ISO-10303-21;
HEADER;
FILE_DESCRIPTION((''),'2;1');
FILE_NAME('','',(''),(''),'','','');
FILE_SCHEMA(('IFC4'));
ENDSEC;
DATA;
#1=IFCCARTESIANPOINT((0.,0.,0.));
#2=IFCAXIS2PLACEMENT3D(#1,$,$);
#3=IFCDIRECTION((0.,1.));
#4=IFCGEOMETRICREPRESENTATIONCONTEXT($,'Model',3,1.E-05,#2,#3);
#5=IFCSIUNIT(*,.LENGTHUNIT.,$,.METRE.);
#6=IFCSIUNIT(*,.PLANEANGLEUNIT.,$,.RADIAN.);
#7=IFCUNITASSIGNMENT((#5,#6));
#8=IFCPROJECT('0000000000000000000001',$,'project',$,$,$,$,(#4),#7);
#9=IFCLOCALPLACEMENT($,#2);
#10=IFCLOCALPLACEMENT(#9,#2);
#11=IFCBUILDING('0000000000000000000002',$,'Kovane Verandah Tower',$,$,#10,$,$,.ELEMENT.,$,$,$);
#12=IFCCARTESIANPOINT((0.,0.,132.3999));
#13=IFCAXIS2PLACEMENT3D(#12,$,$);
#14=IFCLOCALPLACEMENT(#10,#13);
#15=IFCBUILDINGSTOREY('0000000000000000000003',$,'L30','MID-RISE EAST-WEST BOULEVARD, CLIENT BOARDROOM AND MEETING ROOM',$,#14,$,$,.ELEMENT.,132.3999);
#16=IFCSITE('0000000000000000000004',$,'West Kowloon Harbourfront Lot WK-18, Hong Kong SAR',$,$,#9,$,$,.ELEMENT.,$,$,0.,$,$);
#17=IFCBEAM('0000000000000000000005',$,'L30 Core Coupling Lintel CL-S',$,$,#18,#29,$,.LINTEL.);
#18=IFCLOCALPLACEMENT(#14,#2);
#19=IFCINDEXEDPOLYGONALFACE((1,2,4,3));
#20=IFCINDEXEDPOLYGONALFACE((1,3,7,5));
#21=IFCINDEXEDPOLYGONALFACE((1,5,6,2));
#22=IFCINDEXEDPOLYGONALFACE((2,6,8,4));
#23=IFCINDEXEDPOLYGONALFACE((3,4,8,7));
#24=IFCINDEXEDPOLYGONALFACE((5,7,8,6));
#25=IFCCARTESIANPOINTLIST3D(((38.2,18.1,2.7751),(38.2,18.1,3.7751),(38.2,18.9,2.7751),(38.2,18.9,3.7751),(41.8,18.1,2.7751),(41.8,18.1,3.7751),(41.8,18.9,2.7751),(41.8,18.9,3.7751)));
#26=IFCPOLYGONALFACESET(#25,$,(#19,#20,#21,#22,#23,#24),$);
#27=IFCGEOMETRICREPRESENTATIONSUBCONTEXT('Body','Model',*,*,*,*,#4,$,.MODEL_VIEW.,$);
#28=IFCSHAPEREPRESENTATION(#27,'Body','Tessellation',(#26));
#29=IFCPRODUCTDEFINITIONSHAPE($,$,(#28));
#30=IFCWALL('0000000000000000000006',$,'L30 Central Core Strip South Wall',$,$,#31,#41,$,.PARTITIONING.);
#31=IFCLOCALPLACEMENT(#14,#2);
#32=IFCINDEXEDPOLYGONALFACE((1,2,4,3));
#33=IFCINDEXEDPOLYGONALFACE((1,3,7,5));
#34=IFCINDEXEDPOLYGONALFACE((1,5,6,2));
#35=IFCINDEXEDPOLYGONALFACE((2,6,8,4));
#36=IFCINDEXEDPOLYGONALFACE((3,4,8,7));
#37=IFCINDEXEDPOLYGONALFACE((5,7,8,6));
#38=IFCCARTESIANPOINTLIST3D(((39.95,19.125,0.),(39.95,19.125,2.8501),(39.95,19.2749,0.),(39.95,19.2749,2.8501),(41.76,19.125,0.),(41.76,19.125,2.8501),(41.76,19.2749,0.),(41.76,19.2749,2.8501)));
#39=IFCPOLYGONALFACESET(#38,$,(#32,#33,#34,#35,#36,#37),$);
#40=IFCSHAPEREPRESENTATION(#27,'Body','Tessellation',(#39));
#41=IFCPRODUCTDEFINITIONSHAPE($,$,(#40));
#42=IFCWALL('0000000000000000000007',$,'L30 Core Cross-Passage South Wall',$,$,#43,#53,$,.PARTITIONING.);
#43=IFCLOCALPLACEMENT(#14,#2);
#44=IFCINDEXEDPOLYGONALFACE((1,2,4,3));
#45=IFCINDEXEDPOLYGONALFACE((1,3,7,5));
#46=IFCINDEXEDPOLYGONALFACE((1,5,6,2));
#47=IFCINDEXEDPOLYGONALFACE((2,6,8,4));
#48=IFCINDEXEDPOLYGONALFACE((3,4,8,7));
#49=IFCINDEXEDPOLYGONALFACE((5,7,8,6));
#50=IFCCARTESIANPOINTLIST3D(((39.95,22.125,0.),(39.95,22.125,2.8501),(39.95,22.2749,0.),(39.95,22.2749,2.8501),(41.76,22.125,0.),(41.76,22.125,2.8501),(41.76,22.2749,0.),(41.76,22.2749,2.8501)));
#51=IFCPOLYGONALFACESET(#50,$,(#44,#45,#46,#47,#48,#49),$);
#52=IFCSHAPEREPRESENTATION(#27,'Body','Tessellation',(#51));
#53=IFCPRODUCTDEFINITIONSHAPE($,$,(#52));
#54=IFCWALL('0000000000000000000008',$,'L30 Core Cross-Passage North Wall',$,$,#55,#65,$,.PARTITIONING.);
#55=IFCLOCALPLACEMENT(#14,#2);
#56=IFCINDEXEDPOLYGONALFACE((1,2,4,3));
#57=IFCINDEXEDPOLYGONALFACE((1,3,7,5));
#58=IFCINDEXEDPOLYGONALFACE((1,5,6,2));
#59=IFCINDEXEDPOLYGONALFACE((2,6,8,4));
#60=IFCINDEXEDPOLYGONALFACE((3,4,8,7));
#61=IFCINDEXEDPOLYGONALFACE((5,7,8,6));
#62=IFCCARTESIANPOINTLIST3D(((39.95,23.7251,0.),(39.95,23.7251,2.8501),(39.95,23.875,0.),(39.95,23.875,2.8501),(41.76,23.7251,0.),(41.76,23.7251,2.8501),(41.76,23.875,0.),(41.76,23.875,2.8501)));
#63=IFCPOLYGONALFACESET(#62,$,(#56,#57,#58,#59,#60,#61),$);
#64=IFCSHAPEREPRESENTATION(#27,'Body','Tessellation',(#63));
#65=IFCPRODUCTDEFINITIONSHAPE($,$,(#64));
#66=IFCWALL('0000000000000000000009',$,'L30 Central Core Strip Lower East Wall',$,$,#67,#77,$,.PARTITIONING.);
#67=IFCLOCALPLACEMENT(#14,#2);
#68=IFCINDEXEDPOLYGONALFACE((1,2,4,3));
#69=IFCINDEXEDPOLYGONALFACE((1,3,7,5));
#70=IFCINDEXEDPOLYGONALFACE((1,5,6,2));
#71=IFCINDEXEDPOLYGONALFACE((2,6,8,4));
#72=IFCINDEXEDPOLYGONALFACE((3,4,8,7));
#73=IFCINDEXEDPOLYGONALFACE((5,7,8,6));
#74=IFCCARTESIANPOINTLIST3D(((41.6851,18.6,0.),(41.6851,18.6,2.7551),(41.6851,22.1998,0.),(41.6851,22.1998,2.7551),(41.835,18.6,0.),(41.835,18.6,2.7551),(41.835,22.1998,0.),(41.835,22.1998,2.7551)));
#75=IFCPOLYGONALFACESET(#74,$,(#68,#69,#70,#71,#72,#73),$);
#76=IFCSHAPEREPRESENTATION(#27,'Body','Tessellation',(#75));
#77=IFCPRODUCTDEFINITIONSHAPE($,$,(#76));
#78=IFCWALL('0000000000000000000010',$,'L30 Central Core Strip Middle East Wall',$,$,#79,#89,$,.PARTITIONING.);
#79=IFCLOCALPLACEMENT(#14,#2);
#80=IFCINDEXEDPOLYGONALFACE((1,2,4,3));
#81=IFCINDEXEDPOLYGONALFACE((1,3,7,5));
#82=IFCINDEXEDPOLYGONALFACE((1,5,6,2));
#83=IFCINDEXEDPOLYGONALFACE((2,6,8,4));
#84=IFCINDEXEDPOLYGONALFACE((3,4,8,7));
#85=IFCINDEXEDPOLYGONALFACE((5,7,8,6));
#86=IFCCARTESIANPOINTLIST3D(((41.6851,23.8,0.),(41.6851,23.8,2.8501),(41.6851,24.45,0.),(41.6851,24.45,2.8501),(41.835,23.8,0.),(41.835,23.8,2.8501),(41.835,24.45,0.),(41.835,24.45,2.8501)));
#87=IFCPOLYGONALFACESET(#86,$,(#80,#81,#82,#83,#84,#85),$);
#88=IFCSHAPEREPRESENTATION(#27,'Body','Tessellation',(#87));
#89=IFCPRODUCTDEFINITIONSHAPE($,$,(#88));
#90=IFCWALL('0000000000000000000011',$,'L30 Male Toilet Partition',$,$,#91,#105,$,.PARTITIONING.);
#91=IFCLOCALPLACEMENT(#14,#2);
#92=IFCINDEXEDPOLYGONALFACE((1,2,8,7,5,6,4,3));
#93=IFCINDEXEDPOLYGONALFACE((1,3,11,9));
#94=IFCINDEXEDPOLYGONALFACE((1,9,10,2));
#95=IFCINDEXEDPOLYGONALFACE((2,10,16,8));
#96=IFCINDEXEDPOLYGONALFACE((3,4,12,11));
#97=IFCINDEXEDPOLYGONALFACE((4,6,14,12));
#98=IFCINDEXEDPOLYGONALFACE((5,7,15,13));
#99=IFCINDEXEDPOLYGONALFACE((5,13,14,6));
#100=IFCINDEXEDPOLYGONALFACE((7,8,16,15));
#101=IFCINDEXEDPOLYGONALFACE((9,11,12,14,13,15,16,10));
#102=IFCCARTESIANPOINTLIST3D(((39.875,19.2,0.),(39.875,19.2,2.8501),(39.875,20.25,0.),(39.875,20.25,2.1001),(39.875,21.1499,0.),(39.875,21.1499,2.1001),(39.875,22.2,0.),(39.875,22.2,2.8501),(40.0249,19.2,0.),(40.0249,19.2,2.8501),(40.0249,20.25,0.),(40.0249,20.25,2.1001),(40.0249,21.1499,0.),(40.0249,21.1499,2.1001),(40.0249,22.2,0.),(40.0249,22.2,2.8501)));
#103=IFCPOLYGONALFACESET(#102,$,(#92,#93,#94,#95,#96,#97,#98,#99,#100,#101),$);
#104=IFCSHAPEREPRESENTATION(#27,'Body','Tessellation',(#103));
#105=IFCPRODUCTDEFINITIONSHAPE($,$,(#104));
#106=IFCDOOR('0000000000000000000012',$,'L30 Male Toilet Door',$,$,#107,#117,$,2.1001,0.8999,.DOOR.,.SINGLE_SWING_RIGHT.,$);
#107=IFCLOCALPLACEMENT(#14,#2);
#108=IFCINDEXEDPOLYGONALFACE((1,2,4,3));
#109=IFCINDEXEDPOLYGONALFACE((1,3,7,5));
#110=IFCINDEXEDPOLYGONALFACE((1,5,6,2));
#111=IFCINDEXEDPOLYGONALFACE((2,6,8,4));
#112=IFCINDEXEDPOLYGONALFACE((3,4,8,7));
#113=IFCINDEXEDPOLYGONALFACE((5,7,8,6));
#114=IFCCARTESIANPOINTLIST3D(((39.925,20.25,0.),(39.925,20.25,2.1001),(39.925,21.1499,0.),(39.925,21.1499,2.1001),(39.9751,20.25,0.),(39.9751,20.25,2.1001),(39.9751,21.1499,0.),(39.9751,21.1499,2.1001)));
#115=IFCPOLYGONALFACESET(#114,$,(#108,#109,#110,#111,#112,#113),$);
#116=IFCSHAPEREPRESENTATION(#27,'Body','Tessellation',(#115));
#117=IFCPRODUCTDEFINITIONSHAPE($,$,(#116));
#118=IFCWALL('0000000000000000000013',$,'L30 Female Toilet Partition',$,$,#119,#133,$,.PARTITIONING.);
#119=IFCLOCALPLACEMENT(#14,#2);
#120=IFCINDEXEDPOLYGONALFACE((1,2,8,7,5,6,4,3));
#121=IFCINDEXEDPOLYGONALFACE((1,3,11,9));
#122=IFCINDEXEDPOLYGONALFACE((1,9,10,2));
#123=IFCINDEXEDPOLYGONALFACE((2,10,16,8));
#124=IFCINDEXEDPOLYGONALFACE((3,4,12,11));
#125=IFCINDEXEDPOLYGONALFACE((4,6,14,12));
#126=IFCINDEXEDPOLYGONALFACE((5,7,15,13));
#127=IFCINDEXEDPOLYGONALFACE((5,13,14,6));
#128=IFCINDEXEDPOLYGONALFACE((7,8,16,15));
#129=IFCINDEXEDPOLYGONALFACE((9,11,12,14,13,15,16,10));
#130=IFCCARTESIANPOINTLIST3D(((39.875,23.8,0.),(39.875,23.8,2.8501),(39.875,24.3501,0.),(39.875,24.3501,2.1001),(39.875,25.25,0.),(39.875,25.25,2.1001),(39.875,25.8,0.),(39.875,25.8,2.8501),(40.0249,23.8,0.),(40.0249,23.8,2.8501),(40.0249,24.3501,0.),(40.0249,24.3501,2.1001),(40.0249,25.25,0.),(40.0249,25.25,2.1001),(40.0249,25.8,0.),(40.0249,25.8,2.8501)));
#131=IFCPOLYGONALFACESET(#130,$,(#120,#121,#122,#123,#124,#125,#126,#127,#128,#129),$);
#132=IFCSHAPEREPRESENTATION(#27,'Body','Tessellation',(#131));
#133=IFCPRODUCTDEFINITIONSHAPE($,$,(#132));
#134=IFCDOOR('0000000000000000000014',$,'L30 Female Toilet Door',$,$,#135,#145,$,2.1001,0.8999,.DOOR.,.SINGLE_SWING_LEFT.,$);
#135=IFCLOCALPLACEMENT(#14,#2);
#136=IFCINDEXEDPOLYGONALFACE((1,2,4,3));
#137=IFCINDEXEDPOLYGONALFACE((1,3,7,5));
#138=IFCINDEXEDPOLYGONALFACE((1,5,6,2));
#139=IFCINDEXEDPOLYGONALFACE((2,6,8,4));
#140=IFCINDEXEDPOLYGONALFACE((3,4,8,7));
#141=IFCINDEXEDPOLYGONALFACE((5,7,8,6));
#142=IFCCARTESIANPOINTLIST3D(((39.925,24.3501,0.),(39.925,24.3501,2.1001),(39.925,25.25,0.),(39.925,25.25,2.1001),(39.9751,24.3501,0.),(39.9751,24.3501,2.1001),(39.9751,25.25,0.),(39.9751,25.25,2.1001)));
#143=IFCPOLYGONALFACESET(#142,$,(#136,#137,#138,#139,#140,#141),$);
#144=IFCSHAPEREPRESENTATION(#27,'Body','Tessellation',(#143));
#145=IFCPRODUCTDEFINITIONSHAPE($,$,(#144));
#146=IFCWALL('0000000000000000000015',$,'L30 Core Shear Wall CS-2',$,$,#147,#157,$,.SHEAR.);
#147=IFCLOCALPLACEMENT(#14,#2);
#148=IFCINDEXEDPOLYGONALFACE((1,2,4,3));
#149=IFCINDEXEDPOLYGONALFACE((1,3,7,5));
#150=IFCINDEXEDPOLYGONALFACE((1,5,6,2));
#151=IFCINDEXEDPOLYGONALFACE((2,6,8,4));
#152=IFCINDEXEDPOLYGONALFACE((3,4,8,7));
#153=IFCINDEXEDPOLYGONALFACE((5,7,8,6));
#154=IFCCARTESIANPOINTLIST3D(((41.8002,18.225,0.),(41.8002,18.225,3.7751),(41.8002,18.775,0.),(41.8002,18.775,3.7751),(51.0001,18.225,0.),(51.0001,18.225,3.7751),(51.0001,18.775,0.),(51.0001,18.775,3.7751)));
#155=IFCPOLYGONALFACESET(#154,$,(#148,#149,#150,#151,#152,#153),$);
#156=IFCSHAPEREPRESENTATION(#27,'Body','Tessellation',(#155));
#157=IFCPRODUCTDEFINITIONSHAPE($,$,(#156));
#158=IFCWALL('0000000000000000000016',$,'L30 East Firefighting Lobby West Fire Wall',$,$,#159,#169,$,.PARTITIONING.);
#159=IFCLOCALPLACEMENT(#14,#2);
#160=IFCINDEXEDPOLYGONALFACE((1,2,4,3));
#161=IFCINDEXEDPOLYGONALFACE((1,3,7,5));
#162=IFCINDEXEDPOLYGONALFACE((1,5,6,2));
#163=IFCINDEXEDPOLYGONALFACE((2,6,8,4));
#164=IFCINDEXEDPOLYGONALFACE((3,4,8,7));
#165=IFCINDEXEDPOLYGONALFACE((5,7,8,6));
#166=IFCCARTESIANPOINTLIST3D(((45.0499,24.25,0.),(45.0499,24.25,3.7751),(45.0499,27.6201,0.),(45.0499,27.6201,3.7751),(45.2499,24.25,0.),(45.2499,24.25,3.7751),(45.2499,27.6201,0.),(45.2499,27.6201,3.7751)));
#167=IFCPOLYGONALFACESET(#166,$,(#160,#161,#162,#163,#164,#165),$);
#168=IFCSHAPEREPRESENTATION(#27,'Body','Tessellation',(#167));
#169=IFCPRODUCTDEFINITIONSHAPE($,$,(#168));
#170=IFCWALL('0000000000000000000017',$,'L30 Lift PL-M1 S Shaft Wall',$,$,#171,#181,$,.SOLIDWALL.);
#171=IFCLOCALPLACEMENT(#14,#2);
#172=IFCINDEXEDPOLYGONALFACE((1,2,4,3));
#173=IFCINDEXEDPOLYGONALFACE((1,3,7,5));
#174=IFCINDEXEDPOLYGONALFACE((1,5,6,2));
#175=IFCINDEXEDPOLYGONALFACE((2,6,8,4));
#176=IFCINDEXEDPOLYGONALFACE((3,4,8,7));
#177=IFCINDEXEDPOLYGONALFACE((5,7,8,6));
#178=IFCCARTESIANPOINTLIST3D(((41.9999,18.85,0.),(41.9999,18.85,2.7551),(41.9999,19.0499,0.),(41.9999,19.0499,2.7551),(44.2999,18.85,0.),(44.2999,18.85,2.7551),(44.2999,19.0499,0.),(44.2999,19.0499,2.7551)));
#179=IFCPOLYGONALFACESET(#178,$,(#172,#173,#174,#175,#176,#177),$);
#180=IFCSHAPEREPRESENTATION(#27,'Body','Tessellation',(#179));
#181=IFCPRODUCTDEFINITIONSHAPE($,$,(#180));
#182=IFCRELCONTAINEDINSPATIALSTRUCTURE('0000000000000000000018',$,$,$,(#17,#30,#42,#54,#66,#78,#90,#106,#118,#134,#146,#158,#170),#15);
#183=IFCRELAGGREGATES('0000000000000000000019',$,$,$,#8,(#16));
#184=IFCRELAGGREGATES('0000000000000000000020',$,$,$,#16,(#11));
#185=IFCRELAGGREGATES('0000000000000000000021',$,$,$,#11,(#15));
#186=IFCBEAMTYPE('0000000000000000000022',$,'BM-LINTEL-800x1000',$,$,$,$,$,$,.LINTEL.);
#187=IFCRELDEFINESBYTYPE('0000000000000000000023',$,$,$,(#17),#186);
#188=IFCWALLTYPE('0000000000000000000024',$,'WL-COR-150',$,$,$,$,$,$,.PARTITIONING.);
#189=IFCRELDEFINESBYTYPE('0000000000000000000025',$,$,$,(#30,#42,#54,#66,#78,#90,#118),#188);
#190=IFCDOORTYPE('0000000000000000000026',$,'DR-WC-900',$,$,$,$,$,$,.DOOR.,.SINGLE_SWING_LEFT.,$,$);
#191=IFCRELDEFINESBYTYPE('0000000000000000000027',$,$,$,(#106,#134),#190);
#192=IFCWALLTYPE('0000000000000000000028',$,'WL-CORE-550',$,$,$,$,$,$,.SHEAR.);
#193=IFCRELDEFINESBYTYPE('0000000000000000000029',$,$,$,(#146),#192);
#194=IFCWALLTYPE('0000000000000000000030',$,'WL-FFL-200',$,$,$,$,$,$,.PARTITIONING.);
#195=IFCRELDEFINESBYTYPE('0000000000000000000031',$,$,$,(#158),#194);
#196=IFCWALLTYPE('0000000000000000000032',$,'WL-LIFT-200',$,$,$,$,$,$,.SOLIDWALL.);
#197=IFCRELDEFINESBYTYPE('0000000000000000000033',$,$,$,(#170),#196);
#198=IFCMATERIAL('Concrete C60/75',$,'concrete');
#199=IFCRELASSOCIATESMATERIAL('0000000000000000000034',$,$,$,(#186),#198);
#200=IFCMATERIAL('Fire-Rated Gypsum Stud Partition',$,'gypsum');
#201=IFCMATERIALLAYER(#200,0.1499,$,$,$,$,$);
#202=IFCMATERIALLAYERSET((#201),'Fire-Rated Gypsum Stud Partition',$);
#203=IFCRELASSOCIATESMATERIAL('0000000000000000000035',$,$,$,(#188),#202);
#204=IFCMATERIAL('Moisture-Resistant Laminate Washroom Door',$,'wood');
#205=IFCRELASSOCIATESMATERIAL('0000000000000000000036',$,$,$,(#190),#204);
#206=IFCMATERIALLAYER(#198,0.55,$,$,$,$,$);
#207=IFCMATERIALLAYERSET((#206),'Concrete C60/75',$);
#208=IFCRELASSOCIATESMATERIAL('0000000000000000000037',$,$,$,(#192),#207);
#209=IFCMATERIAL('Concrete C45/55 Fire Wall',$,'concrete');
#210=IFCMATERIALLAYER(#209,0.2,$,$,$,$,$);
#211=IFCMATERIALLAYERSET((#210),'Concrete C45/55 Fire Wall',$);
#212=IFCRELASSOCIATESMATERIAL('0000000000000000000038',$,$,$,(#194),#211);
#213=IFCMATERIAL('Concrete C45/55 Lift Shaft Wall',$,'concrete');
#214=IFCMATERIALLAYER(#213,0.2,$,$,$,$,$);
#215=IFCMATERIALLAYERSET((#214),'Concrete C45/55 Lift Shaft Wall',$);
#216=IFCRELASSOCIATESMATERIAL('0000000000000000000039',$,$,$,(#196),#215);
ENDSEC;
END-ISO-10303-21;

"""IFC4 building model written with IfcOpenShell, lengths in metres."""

from ifc_helpers import new_model, si_unit, direction, frame, frame_2d, origin, origin_2d, place, context, subcontext, project, spatial, rectangle, extrude, material, layer, layer_set, material_profile, profile_set, type_object, element, fill, save


model = new_model("IFC4")

# Units and contexts
model_context = context("Model", 3, precision=1e-05, world=origin(), true_north=direction((0.0, 1.0)))
body_context = subcontext(model_context, "Body", "Model", "MODEL_VIEW")
ifc_project = project(units=[si_unit("LENGTHUNIT", "METRE"), si_unit("PLANEANGLEUNIT", "RADIAN")], contexts=[model_context])

# Site, building, storey
site_placement = place(None, origin())
site = spatial("IfcSite", under=ifc_project, at=site_placement, Name="West Kowloon Harbourfront Lot WK-18, Hong Kong SAR", CompositionType="ELEMENT", RefElevation=0.0)
building_placement = place(site_placement, origin())
building = spatial("IfcBuilding", under=site, at=building_placement, Name="Kovane Verandah Tower", CompositionType="ELEMENT")
storey_placement = place(building_placement, frame((0.0, 0.0, 132.3999)))
storey = spatial("IfcBuildingStorey", under=building, at=storey_placement, Name="L30", Description="MID-RISE EAST-WEST BOULEVARD, CLIENT BOARDROOM AND MEETING ROOM", CompositionType="ELEMENT", Elevation=132.3999)

# Beam
ifc_material_1 = material(Name="Concrete C60/75", Category="concrete")
ifc_material_profile = material_profile(ifc_material_1, rectangle(XDim=0.8, YDim=1.0, at=origin_2d()), Name="RCB800x1000")
ifc_profile_set = profile_set([ifc_material_profile], Name="Concrete C60/75")
beam_type = type_object("IfcBeamType", Name="BM-LINTEL-800x1000", PredefinedType="LINTEL", material=ifc_profile_set)
beam_placement = place(storey_placement, frame((38.2, 18.5, 3.2751), z_axis=(1.0, 0.0, 0.0), x_axis=(0.0, 1.0, 0.0)))
element("IfcBeam", 1, at=beam_placement, inside=storey, type_object=beam_type, Name="L30 Core Coupling Lintel CL-S", PredefinedType="LINTEL", context=body_context, shape_type="SweptSolid", body=[
    extrude(rectangle(XDim=0.8, YDim=1.0, at=origin_2d()), origin(), (0.0, 0.0, 1.0), 3.6001),
])

# Walls
ifc_material_2 = material(Name="Fire-Rated Gypsum Stud Partition", Category="gypsum")
ifc_layer_1 = layer(ifc_material_2, 0.1499)
ifc_layer_set_1 = layer_set([ifc_layer_1], Name="Fire-Rated Gypsum Stud Partition")
wall_type_1 = type_object("IfcWallType", Name="WL-COR-150", PredefinedType="PARTITIONING", material=ifc_layer_set_1)
for number, where, z_axis, x_axis, name in (
    (2, (39.95, 19.2, 0.0), (0.0, 0.0, 1.0), (1.0, 0.0, 0.0), "L30 Central Core Strip South Wall"),
    (3, (39.95, 22.2, 0.0), (0.0, 0.0, 1.0), (1.0, 0.0, 0.0), "L30 Core Cross-Passage South Wall"),
    (4, (39.95, 23.8, 0.0), (0.0, 0.0, 1.0), (1.0, 0.0, 0.0), "L30 Core Cross-Passage North Wall"),
):
    element("IfcWall", number, at=place(storey_placement, frame(where, z_axis=z_axis, x_axis=x_axis)), inside=storey, type_object=wall_type_1, Name=name, PredefinedType="PARTITIONING", context=body_context, shape_type="SweptSolid", body=[
        extrude(rectangle(XDim=1.8101, YDim=0.1499, at=frame_2d((0.905, 0.0))), origin(), (0.0, 0.0, 1.0), 2.8501),
    ])
wall_1_placement = place(storey_placement, frame((41.76, 18.6001, 0.0), z_axis=(0.0, 0.0, 1.0), x_axis=(0.0, 1.0, 0.0)))
element("IfcWall", 5, at=wall_1_placement, inside=storey, type_object=wall_type_1, Name="L30 Central Core Strip Lower East Wall", PredefinedType="PARTITIONING", context=body_context, shape_type="SweptSolid", body=[
    extrude(rectangle(XDim=3.5999, YDim=0.1499, at=frame_2d((1.7998, 0.0))), origin(), (0.0, 0.0, 1.0), 2.7551),
])
wall_2_placement = place(storey_placement, frame((41.76, 23.8, 0.0), z_axis=(0.0, 0.0, 1.0), x_axis=(0.0, 1.0, 0.0)))
element("IfcWall", 6, at=wall_2_placement, inside=storey, type_object=wall_type_1, Name="L30 Central Core Strip Middle East Wall", PredefinedType="PARTITIONING", context=body_context, shape_type="SweptSolid", body=[
    extrude(rectangle(XDim=0.6499, YDim=0.1499, at=frame_2d((0.325, 0.0))), origin(), (0.0, 0.0, 1.0), 2.8501),
])

# Walls, openings, doors
wall_3_placement = place(storey_placement, frame((39.95, 19.2, 0.0), z_axis=(0.0, 0.0, 1.0), x_axis=(0.0, 1.0, 0.0)))
wall_3 = element("IfcWall", 7, at=wall_3_placement, inside=storey, type_object=wall_type_1, Name="L30 Male Toilet Partition", PredefinedType="PARTITIONING", context=body_context, shape_type="SweptSolid", body=[
    extrude(rectangle(XDim=3.0, YDim=0.1499, at=frame_2d((1.5, 0.0))), origin(), (0.0, 0.0, 1.0), 2.8501),
])
opening_1_placement = place(wall_3_placement, frame((1.05, 0.0, 0.0)))
opening_1 = element("IfcOpeningElement", 8, at=opening_1_placement, cuts=wall_3, PredefinedType="OPENING", context=body_context, shape_type="SweptSolid", body=[
    extrude(rectangle(XDim=0.8999, YDim=2.1001, at=frame_2d((0.45, 1.05))), frame((0.0, 0.075, 0.0), z_axis=(0.0, -1.0, 0.0), x_axis=(1.0, 0.0, 0.0)), (0.0, 0.0, 1.0), 0.1499),
])
ifc_material_3 = material(Name="Moisture-Resistant Laminate Washroom Door", Category="wood")
door_type_1 = type_object("IfcDoorType", Name="DR-WC-900", OperationType="SINGLE_SWING_LEFT", PredefinedType="DOOR", material=ifc_material_3)
door_1_placement = place(opening_1_placement, origin())
door_1 = element("IfcDoor", 9, at=door_1_placement, inside=storey, type_object=door_type_1, Name="L30 Male Toilet Door", OperationType="SINGLE_SWING_RIGHT", OverallHeight=2.1001, OverallWidth=0.8999, PredefinedType="DOOR", context=body_context, shape_type="SweptSolid", body=[
    extrude(rectangle(XDim=0.8999, YDim=2.1001, at=frame_2d((0.45, 1.05))), frame((0.0, 0.0249, 0.0), z_axis=(0.0, -1.0, 0.0), x_axis=(1.0, 0.0, 0.0)), (0.0, 0.0, 1.0), 0.05),
])
fill(opening_1, door_1)
wall_4_placement = place(storey_placement, frame((39.95, 23.8, 0.0), z_axis=(0.0, 0.0, 1.0), x_axis=(0.0, 1.0, 0.0)))
wall_4 = element("IfcWall", 10, at=wall_4_placement, inside=storey, type_object=wall_type_1, Name="L30 Female Toilet Partition", PredefinedType="PARTITIONING", context=body_context, shape_type="SweptSolid", body=[
    extrude(rectangle(XDim=2.0, YDim=0.1499, at=frame_2d((1.0, 0.0))), origin(), (0.0, 0.0, 1.0), 2.8501),
])
opening_2_placement = place(wall_4_placement, frame((0.55, 0.0, 0.0)))
opening_2 = element("IfcOpeningElement", 11, at=opening_2_placement, cuts=wall_4, PredefinedType="OPENING", context=body_context, shape_type="SweptSolid", body=[
    extrude(rectangle(XDim=0.8999, YDim=2.1001, at=frame_2d((0.45, 1.05))), frame((0.0, 0.075, 0.0), z_axis=(0.0, -1.0, 0.0), x_axis=(1.0, 0.0, 0.0)), (0.0, 0.0, 1.0), 0.1499),
])
door_2_placement = place(opening_2_placement, origin())
door_2 = element("IfcDoor", 12, at=door_2_placement, inside=storey, type_object=door_type_1, Name="L30 Female Toilet Door", OperationType="SINGLE_SWING_LEFT", OverallHeight=2.1001, OverallWidth=0.8999, PredefinedType="DOOR", context=body_context, shape_type="SweptSolid", body=[
    extrude(rectangle(XDim=0.8999, YDim=2.1001, at=frame_2d((0.45, 1.05))), frame((0.0, 0.0249, 0.0), z_axis=(0.0, -1.0, 0.0), x_axis=(1.0, 0.0, 0.0)), (0.0, 0.0, 1.0), 0.05),
])
fill(opening_2, door_2)

# Walls
ifc_layer_2 = layer(ifc_material_1, 0.55)
ifc_layer_set_2 = layer_set([ifc_layer_2], Name="Concrete C60/75")
wall_type_2 = type_object("IfcWallType", Name="WL-CORE-550", PredefinedType="SHEAR", material=ifc_layer_set_2)
wall_5_placement = place(storey_placement, frame((41.8, 18.5, 0.0), z_axis=(0.0, 0.0, 1.0), x_axis=(1.0, 0.0, 0.0)))
element("IfcWall", 13, at=wall_5_placement, inside=storey, type_object=wall_type_2, Name="L30 Core Shear Wall CS-2", PredefinedType="SHEAR", context=body_context, shape_type="SweptSolid", body=[
    extrude(rectangle(XDim=9.2, YDim=0.55, at=frame_2d((4.6001, 0.0))), origin(), (0.0, 0.0, 1.0), 3.7751),
])
ifc_material_4 = material(Name="Concrete C45/55 Fire Wall", Category="concrete")
ifc_layer_3 = layer(ifc_material_4, 0.2)
ifc_layer_set_3 = layer_set([ifc_layer_3], Name="Concrete C45/55 Fire Wall")
wall_type_3 = type_object("IfcWallType", Name="WL-FFL-200", PredefinedType="PARTITIONING", material=ifc_layer_set_3)
wall_6_placement = place(storey_placement, frame((45.1499, 24.25, 0.0), z_axis=(0.0, 0.0, 1.0), x_axis=(0.0, 1.0, 0.0)))
element("IfcWall", 14, at=wall_6_placement, inside=storey, type_object=wall_type_3, Name="L30 East Firefighting Lobby West Fire Wall", PredefinedType="PARTITIONING", context=body_context, shape_type="SweptSolid", body=[
    extrude(rectangle(XDim=3.3701, YDim=0.2, at=frame_2d((1.6851, 0.0))), origin(), (0.0, 0.0, 1.0), 3.7751),
])

# Wall
ifc_material_5 = material(Name="Concrete C45/55 Lift Shaft Wall", Category="concrete")
ifc_layer_4 = layer(ifc_material_5, 0.2)
ifc_layer_set_4 = layer_set([ifc_layer_4], Name="Concrete C45/55 Lift Shaft Wall")
wall_type_4 = type_object("IfcWallType", Name="WL-LIFT-200", PredefinedType="SOLIDWALL", material=ifc_layer_set_4)
wall_7_placement = place(storey_placement, frame((42.0, 18.95, 0.0), z_axis=(0.0, 0.0, 1.0), x_axis=(1.0, 0.0, 0.0)))
element("IfcWall", 15, at=wall_7_placement, inside=storey, type_object=wall_type_4, Name="L30 Lift PL-M1 S Shaft Wall", PredefinedType="SOLIDWALL", context=body_context, shape_type="SweptSolid", body=[
    extrude(rectangle(XDim=2.3, YDim=0.2, at=frame_2d((1.1499, 0.0))), origin(), (0.0, 0.0, 1.0), 2.7551),
])

save(model, "model.ifc")
